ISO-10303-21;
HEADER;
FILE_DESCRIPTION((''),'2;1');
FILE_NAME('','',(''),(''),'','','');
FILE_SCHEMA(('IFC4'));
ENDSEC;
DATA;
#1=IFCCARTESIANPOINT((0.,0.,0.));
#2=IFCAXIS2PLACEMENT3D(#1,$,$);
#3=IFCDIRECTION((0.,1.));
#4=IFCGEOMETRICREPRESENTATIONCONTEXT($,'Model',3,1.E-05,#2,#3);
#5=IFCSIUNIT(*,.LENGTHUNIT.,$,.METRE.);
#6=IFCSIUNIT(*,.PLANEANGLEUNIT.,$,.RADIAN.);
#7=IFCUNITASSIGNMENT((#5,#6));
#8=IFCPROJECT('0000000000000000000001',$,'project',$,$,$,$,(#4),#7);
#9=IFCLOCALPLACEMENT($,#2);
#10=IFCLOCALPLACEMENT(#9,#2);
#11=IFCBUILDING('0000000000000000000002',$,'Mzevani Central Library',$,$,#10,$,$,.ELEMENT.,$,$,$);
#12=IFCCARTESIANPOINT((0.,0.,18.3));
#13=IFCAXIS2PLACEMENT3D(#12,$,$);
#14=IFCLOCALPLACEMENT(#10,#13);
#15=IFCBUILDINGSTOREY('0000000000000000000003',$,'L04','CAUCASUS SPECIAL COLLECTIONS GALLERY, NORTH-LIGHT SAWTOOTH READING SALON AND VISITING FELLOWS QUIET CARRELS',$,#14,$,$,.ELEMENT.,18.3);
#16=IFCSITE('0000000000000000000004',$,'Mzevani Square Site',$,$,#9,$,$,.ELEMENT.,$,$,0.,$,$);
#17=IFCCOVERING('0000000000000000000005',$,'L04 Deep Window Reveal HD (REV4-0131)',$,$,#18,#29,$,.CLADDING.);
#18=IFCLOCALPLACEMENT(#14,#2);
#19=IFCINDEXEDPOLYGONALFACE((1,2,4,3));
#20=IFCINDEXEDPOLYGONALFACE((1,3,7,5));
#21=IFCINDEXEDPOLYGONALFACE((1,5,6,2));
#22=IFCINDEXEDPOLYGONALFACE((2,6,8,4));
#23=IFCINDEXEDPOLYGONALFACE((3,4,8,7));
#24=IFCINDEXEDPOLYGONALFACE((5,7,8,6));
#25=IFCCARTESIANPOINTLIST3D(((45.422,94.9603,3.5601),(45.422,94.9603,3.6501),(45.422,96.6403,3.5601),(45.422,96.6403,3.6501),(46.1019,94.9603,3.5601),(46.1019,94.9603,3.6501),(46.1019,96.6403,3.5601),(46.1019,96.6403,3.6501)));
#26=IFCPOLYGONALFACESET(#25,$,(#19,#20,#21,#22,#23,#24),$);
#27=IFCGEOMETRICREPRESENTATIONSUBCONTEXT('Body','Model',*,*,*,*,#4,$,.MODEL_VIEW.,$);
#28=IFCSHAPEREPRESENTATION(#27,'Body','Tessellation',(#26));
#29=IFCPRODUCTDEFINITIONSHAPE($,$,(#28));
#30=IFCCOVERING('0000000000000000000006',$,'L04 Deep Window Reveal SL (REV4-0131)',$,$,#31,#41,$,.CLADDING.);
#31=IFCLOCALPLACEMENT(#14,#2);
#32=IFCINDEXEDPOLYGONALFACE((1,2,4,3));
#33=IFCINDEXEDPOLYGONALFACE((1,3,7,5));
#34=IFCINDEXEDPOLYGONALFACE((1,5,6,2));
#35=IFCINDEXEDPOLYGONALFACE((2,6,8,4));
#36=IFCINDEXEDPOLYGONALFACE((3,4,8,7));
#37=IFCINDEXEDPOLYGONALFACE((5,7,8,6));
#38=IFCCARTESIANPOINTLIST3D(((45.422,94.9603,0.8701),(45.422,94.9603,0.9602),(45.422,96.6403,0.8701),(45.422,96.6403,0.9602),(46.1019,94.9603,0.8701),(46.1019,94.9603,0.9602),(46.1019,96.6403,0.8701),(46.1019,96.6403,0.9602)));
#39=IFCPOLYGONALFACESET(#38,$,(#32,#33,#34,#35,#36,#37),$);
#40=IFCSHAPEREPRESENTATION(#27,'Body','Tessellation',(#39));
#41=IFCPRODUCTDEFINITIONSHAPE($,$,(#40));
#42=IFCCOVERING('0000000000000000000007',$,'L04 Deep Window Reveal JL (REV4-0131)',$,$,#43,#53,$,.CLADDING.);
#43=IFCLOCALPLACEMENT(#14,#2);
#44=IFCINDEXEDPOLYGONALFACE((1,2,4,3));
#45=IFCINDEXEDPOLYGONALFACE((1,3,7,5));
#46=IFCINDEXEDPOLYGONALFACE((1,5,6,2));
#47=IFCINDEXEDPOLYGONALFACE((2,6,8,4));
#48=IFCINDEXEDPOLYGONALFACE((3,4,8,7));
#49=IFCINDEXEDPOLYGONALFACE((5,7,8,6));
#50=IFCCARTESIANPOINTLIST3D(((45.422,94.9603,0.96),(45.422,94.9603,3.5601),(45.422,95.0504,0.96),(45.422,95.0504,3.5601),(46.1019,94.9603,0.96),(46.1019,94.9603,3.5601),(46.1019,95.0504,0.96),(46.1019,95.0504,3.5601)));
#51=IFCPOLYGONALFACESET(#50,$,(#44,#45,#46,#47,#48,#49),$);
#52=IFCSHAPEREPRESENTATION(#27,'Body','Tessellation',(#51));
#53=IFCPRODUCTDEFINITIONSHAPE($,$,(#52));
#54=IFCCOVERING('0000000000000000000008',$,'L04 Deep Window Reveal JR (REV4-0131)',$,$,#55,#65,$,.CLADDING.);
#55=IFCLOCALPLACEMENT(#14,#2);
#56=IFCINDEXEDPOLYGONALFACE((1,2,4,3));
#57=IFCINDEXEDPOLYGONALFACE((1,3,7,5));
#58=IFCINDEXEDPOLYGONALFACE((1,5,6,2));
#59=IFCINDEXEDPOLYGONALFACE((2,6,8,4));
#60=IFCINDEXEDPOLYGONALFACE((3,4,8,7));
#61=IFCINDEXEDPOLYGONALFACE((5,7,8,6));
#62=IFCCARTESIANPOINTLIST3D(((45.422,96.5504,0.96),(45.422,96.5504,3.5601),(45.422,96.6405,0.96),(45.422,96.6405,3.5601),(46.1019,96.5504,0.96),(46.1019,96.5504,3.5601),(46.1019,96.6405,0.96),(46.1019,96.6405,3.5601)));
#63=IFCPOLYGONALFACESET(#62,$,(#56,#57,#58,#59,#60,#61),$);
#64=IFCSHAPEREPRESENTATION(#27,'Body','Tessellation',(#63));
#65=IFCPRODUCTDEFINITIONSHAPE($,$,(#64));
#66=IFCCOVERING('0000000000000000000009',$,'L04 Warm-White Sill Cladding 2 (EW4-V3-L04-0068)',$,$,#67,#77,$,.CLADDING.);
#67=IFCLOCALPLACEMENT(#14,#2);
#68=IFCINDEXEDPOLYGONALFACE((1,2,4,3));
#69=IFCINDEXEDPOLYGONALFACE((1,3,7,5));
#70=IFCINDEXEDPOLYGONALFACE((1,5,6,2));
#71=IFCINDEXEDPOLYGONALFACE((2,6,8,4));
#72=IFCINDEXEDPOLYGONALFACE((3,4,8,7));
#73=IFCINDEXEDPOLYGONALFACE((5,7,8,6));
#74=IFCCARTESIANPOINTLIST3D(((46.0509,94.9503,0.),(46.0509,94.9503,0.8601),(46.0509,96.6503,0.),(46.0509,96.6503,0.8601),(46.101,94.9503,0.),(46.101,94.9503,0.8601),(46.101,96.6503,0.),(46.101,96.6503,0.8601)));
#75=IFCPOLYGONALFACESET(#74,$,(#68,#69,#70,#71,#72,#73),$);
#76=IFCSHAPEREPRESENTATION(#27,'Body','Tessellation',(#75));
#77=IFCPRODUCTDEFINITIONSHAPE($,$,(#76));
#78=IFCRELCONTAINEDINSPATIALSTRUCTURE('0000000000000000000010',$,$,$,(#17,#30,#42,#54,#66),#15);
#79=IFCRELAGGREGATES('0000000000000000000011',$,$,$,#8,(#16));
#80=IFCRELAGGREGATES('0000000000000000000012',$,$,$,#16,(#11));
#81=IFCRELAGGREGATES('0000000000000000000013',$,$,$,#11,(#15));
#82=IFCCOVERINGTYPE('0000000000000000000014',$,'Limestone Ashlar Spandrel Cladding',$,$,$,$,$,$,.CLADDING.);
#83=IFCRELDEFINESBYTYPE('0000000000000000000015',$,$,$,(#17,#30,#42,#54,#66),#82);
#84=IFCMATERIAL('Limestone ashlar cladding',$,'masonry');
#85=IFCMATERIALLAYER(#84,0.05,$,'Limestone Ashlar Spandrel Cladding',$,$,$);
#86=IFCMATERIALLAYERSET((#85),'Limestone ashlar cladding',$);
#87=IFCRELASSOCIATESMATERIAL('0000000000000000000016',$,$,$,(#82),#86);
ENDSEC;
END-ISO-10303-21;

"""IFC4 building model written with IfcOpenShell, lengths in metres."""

from ifc_helpers import new_model, si_unit, direction, frame, origin, origin_2d, place, context, subcontext, project, spatial, rectangle, extrude, material, layer, layer_set, type_object, element, save


model = new_model("IFC4")

# Units and contexts
model_context = context("Model", 3, precision=1e-05, world=origin(), true_north=direction((0.0, 1.0)))
body_context = subcontext(model_context, "Body", "Model", "MODEL_VIEW")
ifc_project = project(units=[si_unit("LENGTHUNIT", "METRE"), si_unit("PLANEANGLEUNIT", "RADIAN")], contexts=[model_context])

# Site, building, storey
site_placement = place(None, origin())
site = spatial("IfcSite", under=ifc_project, at=site_placement, Name="Mzevani Square Site", CompositionType="ELEMENT", RefElevation=0.0)
building_placement = place(site_placement, origin())
building = spatial("IfcBuilding", under=site, at=building_placement, Name="Mzevani Central Library", CompositionType="ELEMENT")
storey_placement = place(building_placement, frame((0.0, 0.0, 18.3)))
storey = spatial("IfcBuildingStorey", under=building, at=storey_placement, Name="L04", Description="CAUCASUS SPECIAL COLLECTIONS GALLERY, NORTH-LIGHT SAWTOOTH READING SALON AND VISITING FELLOWS QUIET CARRELS", CompositionType="ELEMENT", Elevation=18.3)

# Coverings
ifc_material_1 = material(Name="Limestone ashlar cladding", Category="masonry")
ifc_layer_1 = layer(ifc_material_1, 0.05, Name="Limestone Ashlar Spandrel Cladding")
ifc_layer_set_1 = layer_set([ifc_layer_1], Name="Limestone ashlar cladding")
covering_type = type_object("IfcCoveringType", Name="Limestone Ashlar Spandrel Cladding", PredefinedType="CLADDING", material=ifc_layer_set_1)
for number, where, z_axis, x_axis, name in (
    (1, (45.762, 95.8003, 3.5601), (0.0, 0.0, 1.0), (0.0, 1.0, 0.0), "L04 Deep Window Reveal HD (REV4-0131)"),
    (2, (45.762, 95.8003, 0.8701), (0.0, 0.0, 1.0), (0.0, 1.0, 0.0), "L04 Deep Window Reveal SL (REV4-0131)"),
):
    element("IfcCovering", number, at=place(storey_placement, frame(where, z_axis=z_axis, x_axis=x_axis)), inside=storey, type_object=covering_type, Name=name, PredefinedType="CLADDING", context=body_context, shape_type="SweptSolid", body=[
        extrude(rectangle(XDim=1.6799, YDim=0.6799, at=origin_2d()), origin(), (0.0, 0.0, 1.0), 0.0901),
    ])
for number, where, z_axis, x_axis, name in (
    (3, (45.762, 95.0054, 0.96), (0.0, 0.0, 1.0), (0.0, 1.0, 0.0), "L04 Deep Window Reveal JL (REV4-0131)"),
    (4, (45.762, 96.5955, 0.96), (0.0, 0.0, 1.0), (0.0, 1.0, 0.0), "L04 Deep Window Reveal JR (REV4-0131)"),
):
    element("IfcCovering", number, at=place(storey_placement, frame(where, z_axis=z_axis, x_axis=x_axis)), inside=storey, type_object=covering_type, Name=name, PredefinedType="CLADDING", context=body_context, shape_type="SweptSolid", body=[
        extrude(rectangle(XDim=0.0901, YDim=0.6799, at=origin_2d()), origin(), (0.0, 0.0, 1.0), 2.6001),
    ])
covering_placement = place(storey_placement, frame((46.0759, 95.8003, 0.0), z_axis=(0.0, 0.0, 1.0), x_axis=(0.0, 1.0, 0.0)))
element("IfcCovering", 5, at=covering_placement, inside=storey, type_object=covering_type, Name="L04 Warm-White Sill Cladding 2 (EW4-V3-L04-0068)", PredefinedType="CLADDING", context=body_context, shape_type="SweptSolid", body=[
    extrude(rectangle(XDim=1.7, YDim=0.05, at=origin_2d()), origin(), (0.0, 0.0, 1.0), 0.8601),
])

save(model, "model.ifc")
